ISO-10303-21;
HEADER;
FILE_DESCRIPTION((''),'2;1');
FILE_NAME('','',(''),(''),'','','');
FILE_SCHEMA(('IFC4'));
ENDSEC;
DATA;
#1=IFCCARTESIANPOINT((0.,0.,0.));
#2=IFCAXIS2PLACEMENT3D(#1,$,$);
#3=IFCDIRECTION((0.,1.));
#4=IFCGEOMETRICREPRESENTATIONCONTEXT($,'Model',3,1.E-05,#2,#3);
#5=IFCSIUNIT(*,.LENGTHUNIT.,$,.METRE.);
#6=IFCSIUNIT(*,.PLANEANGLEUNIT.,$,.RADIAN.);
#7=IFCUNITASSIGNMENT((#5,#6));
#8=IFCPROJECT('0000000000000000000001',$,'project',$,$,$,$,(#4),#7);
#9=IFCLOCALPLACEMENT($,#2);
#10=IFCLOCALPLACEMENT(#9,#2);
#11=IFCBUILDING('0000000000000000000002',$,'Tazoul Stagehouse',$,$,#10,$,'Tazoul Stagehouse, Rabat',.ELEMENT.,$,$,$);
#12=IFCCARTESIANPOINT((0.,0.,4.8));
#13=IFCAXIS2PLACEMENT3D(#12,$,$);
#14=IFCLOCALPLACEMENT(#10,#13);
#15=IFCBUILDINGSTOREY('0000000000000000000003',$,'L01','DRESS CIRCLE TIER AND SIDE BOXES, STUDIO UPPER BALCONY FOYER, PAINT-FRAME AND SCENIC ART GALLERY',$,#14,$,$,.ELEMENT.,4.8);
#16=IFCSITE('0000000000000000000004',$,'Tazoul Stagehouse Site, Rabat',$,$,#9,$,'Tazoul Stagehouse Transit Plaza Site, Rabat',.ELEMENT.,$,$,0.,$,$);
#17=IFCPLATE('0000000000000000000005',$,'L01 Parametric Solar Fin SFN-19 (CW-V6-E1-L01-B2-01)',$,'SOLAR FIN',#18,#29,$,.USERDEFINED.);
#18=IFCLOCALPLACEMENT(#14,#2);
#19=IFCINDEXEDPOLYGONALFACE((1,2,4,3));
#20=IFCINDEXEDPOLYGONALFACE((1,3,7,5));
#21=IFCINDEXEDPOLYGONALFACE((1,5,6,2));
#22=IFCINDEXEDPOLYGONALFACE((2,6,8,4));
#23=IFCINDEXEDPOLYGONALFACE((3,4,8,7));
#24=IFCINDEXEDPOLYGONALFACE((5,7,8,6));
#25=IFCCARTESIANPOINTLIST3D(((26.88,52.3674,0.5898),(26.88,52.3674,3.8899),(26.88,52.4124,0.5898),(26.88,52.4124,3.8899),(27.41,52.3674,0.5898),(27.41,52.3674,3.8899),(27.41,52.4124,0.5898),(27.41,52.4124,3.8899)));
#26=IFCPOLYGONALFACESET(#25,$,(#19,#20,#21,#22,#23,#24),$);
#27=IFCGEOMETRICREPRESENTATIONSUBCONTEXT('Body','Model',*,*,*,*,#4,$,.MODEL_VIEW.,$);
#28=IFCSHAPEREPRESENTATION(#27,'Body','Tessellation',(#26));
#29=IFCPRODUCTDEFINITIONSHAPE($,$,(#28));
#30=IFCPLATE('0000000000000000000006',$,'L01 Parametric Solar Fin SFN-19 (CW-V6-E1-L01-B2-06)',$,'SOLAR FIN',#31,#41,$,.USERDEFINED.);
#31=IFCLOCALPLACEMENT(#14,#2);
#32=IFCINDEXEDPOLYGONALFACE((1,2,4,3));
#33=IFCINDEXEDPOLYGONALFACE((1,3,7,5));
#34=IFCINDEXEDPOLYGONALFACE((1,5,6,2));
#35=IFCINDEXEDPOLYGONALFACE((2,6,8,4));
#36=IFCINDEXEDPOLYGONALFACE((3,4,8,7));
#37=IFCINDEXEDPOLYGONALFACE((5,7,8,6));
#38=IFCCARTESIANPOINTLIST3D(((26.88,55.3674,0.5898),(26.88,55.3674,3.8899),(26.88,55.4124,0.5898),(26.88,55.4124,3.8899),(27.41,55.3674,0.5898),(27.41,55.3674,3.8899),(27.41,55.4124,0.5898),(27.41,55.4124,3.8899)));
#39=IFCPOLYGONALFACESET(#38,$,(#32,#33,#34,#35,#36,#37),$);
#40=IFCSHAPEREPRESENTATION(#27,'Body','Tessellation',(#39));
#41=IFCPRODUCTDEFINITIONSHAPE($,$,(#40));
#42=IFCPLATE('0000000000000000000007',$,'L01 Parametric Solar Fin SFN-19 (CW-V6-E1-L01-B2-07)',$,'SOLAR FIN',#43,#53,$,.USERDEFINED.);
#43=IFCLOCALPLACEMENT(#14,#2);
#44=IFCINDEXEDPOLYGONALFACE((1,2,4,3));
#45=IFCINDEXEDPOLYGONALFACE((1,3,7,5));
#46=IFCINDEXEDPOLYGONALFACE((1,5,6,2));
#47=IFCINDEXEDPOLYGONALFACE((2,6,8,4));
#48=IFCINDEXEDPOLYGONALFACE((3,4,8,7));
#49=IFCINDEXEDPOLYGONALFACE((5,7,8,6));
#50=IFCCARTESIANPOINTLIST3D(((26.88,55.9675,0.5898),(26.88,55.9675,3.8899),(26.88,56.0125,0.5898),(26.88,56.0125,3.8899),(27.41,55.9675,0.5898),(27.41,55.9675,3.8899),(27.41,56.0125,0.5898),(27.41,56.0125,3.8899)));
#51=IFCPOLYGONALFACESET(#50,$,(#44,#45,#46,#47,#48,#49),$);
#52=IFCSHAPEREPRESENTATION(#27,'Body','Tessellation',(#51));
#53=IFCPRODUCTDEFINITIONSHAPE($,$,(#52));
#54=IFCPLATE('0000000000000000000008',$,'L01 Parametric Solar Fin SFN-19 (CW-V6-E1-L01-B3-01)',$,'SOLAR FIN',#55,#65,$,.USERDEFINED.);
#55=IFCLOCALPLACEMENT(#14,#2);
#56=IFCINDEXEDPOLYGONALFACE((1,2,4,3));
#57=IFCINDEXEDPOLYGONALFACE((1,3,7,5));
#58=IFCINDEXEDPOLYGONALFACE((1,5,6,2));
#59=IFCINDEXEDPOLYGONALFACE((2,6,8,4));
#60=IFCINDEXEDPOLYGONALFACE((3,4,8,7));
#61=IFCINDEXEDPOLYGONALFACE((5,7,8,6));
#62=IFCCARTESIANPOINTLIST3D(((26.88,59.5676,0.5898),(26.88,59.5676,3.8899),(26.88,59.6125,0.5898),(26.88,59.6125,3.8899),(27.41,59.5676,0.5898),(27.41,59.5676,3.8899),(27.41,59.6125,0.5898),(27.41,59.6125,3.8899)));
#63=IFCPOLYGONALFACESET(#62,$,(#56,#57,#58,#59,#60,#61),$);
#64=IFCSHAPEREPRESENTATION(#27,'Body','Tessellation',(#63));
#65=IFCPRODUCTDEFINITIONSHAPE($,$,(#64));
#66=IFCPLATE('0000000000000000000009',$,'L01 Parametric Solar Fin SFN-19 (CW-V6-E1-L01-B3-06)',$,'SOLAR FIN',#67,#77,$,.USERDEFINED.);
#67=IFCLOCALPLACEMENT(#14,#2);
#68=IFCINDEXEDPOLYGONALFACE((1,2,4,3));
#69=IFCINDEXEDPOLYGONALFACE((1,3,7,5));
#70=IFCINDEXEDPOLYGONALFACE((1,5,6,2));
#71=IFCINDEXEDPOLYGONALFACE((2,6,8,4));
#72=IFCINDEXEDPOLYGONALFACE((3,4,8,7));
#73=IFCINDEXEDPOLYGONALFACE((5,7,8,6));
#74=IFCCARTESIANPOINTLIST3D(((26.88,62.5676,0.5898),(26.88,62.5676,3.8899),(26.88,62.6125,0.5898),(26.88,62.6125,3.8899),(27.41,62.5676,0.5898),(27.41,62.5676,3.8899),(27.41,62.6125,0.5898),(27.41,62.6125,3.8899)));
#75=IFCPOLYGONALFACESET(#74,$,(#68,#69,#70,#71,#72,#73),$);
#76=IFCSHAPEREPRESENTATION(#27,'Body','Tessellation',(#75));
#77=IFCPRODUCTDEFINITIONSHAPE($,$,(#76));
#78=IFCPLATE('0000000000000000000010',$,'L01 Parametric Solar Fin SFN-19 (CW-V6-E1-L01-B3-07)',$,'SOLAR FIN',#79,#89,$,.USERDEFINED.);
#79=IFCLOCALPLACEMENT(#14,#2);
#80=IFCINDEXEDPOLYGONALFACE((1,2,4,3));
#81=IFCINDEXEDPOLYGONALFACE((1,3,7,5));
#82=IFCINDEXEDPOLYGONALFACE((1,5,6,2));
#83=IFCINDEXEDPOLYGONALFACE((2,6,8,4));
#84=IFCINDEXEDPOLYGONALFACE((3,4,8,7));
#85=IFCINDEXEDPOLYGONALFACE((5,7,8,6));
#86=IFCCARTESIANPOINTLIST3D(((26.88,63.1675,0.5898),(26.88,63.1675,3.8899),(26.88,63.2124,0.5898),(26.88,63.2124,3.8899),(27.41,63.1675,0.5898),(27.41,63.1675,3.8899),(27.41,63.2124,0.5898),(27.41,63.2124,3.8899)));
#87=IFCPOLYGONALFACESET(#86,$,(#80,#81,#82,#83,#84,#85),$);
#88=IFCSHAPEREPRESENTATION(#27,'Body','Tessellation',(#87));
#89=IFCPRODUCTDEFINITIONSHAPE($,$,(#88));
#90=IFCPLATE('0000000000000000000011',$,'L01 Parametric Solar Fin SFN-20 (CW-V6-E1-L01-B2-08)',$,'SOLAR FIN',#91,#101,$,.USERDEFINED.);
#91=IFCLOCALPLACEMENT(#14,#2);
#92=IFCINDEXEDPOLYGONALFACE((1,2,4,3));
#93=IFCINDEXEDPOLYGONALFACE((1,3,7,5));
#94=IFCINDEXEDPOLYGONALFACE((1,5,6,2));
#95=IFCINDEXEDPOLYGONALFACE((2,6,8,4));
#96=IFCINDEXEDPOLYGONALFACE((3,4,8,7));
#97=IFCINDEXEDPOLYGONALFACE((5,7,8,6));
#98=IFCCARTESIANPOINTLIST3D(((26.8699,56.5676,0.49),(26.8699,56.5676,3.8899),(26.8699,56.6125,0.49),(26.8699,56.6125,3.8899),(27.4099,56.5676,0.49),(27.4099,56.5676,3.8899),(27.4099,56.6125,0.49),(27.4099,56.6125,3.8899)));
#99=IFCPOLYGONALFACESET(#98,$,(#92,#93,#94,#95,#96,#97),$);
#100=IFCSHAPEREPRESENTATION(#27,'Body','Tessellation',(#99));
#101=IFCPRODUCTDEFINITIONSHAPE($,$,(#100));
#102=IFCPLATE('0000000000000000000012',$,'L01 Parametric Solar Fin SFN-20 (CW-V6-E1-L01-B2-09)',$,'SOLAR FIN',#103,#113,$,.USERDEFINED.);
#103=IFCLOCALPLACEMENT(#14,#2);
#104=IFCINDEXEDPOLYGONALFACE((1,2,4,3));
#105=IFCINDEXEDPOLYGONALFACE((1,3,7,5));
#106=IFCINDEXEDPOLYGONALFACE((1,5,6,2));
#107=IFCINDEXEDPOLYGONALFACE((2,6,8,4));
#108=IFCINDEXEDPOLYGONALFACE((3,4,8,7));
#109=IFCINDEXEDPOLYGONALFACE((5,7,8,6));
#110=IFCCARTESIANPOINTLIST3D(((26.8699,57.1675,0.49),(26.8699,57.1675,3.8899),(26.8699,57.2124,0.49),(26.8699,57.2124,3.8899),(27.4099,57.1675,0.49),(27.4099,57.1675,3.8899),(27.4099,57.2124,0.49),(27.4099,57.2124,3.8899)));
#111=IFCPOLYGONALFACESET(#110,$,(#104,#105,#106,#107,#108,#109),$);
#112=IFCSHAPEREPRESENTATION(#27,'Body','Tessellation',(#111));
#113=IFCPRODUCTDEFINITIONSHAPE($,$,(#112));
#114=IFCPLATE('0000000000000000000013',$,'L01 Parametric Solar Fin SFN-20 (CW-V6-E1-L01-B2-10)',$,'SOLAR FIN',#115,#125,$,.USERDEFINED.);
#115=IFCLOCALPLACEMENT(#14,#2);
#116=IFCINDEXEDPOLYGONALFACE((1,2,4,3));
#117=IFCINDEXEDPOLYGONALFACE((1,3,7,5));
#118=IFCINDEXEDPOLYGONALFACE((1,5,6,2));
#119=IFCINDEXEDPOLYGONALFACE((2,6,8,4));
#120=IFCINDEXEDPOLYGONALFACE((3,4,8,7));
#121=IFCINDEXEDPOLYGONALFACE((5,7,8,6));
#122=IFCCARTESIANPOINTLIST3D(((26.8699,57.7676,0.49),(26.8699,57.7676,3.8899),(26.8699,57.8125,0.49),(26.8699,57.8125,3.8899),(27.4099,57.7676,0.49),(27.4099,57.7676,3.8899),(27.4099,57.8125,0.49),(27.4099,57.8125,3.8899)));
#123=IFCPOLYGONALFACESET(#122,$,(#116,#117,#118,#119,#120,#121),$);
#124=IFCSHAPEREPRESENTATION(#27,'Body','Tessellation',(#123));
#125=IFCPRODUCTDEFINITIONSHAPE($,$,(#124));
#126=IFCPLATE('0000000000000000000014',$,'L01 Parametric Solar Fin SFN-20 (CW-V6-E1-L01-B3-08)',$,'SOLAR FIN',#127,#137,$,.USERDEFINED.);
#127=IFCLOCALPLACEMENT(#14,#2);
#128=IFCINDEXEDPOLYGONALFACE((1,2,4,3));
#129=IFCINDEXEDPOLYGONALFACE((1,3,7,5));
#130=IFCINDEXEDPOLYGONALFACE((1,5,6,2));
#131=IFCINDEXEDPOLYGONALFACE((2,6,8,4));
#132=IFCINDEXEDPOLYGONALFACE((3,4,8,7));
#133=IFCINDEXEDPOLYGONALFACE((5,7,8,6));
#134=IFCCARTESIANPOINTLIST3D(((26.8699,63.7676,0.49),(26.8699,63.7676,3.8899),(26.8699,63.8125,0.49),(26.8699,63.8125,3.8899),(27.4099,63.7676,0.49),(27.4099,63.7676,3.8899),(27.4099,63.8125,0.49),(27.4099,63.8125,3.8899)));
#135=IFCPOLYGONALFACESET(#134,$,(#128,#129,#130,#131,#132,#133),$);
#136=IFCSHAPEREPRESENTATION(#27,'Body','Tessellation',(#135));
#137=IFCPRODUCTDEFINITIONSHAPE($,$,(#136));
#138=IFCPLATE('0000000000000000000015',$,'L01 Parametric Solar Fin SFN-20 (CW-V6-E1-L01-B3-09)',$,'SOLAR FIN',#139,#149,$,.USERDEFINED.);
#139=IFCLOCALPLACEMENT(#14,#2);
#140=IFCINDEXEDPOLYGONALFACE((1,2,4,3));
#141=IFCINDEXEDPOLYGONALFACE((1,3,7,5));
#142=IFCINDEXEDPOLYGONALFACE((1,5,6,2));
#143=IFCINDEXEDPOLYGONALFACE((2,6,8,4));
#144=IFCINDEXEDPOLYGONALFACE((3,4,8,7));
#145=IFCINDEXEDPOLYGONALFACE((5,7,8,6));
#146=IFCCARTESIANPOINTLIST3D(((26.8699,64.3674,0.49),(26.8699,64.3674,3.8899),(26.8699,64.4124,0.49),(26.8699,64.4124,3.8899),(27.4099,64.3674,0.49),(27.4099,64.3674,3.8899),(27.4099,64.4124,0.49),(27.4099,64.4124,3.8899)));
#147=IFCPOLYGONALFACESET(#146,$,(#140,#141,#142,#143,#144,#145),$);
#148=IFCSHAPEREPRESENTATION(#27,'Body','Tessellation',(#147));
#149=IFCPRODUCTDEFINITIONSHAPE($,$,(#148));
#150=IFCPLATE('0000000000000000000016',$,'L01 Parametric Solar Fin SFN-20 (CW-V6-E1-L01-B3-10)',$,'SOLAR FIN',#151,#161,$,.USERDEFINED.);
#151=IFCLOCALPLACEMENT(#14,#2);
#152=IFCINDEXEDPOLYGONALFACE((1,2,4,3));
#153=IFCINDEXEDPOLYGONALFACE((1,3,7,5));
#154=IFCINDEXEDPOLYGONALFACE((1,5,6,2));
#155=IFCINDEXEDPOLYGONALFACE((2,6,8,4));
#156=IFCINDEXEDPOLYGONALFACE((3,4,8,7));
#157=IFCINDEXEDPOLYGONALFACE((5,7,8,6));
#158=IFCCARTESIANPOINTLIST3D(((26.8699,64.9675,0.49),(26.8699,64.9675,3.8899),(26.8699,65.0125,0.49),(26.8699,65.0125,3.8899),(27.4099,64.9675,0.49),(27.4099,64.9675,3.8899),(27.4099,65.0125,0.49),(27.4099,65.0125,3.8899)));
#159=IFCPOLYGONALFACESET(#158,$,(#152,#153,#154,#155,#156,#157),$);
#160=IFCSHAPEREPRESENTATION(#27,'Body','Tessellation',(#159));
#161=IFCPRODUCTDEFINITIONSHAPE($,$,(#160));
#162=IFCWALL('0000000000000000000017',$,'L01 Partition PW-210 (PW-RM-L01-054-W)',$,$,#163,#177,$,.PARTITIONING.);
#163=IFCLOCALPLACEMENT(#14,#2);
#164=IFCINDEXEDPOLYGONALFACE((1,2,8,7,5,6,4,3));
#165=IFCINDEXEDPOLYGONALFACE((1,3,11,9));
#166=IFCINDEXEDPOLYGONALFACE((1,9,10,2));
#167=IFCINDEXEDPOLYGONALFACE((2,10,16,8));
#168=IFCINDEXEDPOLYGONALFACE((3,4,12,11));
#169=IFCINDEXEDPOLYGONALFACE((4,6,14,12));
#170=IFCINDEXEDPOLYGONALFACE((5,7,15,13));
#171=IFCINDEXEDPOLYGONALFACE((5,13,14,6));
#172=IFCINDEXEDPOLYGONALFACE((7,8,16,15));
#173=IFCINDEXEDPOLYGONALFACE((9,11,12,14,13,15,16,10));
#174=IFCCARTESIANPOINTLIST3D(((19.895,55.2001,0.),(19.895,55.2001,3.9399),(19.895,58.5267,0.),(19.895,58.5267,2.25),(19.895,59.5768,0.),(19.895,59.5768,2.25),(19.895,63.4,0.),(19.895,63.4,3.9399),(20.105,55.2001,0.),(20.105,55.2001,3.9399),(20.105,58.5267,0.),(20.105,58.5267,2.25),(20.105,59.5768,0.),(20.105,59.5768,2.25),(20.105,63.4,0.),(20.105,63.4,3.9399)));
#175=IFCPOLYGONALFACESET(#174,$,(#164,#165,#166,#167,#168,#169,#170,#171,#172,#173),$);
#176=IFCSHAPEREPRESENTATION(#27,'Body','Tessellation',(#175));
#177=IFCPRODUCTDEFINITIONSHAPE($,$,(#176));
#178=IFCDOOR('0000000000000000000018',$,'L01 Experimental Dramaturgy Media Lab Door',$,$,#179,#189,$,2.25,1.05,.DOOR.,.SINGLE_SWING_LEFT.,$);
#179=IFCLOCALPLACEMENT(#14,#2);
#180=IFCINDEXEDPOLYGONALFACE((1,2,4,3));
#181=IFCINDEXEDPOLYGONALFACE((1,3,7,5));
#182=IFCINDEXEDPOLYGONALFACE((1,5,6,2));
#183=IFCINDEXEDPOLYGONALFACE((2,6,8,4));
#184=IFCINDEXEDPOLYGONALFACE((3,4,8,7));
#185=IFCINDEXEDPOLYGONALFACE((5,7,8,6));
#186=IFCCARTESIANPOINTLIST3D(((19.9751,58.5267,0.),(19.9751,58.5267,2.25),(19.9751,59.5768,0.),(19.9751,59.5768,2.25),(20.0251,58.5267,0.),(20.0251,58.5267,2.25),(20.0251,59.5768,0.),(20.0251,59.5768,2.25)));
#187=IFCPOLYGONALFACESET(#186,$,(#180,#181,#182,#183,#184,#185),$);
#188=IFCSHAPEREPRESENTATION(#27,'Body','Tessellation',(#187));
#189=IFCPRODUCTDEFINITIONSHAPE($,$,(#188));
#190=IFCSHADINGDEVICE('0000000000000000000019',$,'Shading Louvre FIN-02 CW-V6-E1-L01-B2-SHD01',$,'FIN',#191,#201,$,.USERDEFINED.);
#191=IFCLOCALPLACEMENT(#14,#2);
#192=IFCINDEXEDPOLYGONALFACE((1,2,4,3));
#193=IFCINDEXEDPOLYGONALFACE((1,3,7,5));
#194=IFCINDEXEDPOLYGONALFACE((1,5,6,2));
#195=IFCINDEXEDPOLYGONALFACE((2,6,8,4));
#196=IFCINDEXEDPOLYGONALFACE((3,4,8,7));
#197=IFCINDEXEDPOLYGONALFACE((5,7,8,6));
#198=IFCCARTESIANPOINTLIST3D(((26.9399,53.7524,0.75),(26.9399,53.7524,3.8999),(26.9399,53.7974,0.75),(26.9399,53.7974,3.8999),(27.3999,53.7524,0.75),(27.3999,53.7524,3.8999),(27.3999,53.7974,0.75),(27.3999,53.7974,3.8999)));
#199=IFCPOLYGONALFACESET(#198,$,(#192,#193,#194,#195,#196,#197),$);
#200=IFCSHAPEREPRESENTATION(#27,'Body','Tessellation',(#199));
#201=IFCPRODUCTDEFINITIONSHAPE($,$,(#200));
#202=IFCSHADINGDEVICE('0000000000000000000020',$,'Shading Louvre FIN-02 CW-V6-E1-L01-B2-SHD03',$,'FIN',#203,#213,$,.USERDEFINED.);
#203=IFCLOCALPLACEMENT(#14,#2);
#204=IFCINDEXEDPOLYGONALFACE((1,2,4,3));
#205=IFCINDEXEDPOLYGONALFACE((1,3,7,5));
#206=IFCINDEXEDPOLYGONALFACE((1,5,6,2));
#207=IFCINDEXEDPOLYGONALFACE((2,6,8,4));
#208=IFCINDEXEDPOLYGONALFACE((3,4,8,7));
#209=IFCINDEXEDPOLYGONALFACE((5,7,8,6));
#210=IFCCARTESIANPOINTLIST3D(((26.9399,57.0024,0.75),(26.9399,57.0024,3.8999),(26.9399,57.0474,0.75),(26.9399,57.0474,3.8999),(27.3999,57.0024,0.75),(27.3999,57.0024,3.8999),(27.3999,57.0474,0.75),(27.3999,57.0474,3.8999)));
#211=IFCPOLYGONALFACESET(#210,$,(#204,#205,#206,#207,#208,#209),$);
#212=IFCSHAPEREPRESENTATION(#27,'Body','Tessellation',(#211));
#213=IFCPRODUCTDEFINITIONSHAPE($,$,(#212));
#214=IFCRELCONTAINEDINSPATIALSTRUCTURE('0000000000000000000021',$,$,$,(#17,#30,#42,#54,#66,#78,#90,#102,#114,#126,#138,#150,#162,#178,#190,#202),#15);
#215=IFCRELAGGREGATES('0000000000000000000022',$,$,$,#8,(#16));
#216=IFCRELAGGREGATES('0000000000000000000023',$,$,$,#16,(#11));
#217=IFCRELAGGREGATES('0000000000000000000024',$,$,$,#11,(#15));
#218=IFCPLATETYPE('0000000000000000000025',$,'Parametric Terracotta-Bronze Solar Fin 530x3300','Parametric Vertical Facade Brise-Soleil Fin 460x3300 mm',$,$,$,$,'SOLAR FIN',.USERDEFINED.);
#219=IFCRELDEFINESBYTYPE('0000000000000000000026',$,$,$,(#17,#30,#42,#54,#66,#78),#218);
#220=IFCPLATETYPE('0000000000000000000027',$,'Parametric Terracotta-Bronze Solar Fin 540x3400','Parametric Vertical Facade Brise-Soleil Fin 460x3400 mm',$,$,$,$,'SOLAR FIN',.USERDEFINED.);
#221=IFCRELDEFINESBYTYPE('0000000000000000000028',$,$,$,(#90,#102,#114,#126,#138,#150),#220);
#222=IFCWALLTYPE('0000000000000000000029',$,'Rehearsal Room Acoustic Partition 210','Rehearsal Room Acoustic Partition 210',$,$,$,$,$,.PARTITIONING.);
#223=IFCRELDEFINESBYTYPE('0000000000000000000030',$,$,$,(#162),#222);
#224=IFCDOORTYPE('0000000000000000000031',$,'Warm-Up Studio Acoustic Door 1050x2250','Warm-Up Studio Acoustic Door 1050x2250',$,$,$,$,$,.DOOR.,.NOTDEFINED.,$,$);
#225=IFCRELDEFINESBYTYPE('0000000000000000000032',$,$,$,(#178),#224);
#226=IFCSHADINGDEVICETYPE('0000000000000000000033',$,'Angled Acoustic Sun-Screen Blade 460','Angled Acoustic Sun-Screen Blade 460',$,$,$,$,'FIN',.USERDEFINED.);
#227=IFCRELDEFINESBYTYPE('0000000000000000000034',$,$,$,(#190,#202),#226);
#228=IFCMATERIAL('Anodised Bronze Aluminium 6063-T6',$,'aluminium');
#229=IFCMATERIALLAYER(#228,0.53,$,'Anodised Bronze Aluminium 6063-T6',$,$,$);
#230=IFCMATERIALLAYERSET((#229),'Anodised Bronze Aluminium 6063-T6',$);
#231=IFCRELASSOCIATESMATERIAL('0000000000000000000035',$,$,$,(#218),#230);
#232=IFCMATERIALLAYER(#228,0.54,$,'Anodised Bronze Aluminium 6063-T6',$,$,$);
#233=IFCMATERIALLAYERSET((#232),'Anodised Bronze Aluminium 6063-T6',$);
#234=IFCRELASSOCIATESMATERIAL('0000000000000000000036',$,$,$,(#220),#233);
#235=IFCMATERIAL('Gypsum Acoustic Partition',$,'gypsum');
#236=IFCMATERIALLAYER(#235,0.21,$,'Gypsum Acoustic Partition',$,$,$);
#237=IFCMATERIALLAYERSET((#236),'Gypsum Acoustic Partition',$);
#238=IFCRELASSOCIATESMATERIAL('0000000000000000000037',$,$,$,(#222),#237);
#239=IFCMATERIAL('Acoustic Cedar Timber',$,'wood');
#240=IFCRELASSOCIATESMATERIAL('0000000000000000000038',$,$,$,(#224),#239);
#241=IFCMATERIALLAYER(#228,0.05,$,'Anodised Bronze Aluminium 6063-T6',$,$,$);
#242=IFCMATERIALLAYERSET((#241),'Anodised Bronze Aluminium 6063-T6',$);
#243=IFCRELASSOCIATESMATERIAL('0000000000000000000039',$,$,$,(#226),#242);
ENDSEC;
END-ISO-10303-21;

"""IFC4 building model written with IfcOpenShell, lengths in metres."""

from ifc_helpers import new_model, si_unit, direction, frame, frame_2d, origin, origin_2d, place, context, subcontext, project, spatial, rectangle, extrude, material, layer, layer_set, type_object, element, fill, save


model = new_model("IFC4")

# Units and contexts
model_context = context("Model", 3, precision=1e-05, world=origin(), true_north=direction((0.0, 1.0)))
body_context = subcontext(model_context, "Body", "Model", "MODEL_VIEW")
ifc_project = project(units=[si_unit("LENGTHUNIT", "METRE"), si_unit("PLANEANGLEUNIT", "RADIAN")], contexts=[model_context])

# Site, building, storey
site_placement = place(None, origin())
site = spatial("IfcSite", under=ifc_project, at=site_placement, Name="Tazoul Stagehouse Site, Rabat", LongName="Tazoul Stagehouse Transit Plaza Site, Rabat", CompositionType="ELEMENT", RefElevation=0.0)
building_placement = place(site_placement, origin())
building = spatial("IfcBuilding", under=site, at=building_placement, Name="Tazoul Stagehouse", LongName="Tazoul Stagehouse, Rabat", CompositionType="ELEMENT")
storey_placement = place(building_placement, frame((0.0, 0.0, 4.8)))
storey = spatial("IfcBuildingStorey", under=building, at=storey_placement, Name="L01", Description="DRESS CIRCLE TIER AND SIDE BOXES, STUDIO UPPER BALCONY FOYER, PAINT-FRAME AND SCENIC ART GALLERY", CompositionType="ELEMENT", Elevation=4.8)

# Plates
ifc_material_1 = material(Name="Anodised Bronze Aluminium 6063-T6", Category="aluminium")
ifc_layer_1 = layer(ifc_material_1, 0.53, Name="Anodised Bronze Aluminium 6063-T6")
ifc_layer_set_1 = layer_set([ifc_layer_1], Name="Anodised Bronze Aluminium 6063-T6")
plate_type_1 = type_object("IfcPlateType", Name="Parametric Terracotta-Bronze Solar Fin 530x3300", Description="Parametric Vertical Facade Brise-Soleil Fin 460x3300 mm", ElementType="SOLAR FIN", PredefinedType="USERDEFINED", material=ifc_layer_set_1)
for number, where, z_axis, x_axis, name in (
    (1, (27.145, 52.3899, 0.5898), (0.0, 0.0, 1.0), (0.0, 1.0, 0.0), "L01 Parametric Solar Fin SFN-19 (CW-V6-E1-L01-B2-01)"),
    (2, (27.145, 55.3899, 0.5898), (0.0, 0.0, 1.0), (0.0, 1.0, 0.0), "L01 Parametric Solar Fin SFN-19 (CW-V6-E1-L01-B2-06)"),
    (3, (27.145, 55.99, 0.5898), (0.0, 0.0, 1.0), (0.0, 1.0, 0.0), "L01 Parametric Solar Fin SFN-19 (CW-V6-E1-L01-B2-07)"),
    (4, (27.145, 59.5901, 0.5898), (0.0, 0.0, 1.0), (0.0, 1.0, 0.0), "L01 Parametric Solar Fin SFN-19 (CW-V6-E1-L01-B3-01)"),
    (5, (27.145, 62.5901, 0.5898), (0.0, 0.0, 1.0), (0.0, 1.0, 0.0), "L01 Parametric Solar Fin SFN-19 (CW-V6-E1-L01-B3-06)"),
    (6, (27.145, 63.1899, 0.5898), (0.0, 0.0, 1.0), (0.0, 1.0, 0.0), "L01 Parametric Solar Fin SFN-19 (CW-V6-E1-L01-B3-07)"),
):
    element("IfcPlate", number, at=place(storey_placement, frame(where, z_axis=z_axis, x_axis=x_axis)), inside=storey, type_object=plate_type_1, Name=name, ObjectType="SOLAR FIN", PredefinedType="USERDEFINED", context=body_context, shape_type="SweptSolid", body=[
        extrude(rectangle(XDim=0.0449, YDim=0.53, at=origin_2d()), origin(), (0.0, 0.0, 1.0), 3.3),
    ])
ifc_layer_2 = layer(ifc_material_1, 0.54, Name="Anodised Bronze Aluminium 6063-T6")
ifc_layer_set_2 = layer_set([ifc_layer_2], Name="Anodised Bronze Aluminium 6063-T6")
plate_type_2 = type_object("IfcPlateType", Name="Parametric Terracotta-Bronze Solar Fin 540x3400", Description="Parametric Vertical Facade Brise-Soleil Fin 460x3400 mm", ElementType="SOLAR FIN", PredefinedType="USERDEFINED", material=ifc_layer_set_2)
for number, where, z_axis, x_axis, name in (
    (7, (27.1399, 56.5901, 0.49), (0.0, 0.0, 1.0), (0.0, 1.0, 0.0), "L01 Parametric Solar Fin SFN-20 (CW-V6-E1-L01-B2-08)"),
    (8, (27.1399, 57.1899, 0.49), (0.0, 0.0, 1.0), (0.0, 1.0, 0.0), "L01 Parametric Solar Fin SFN-20 (CW-V6-E1-L01-B2-09)"),
    (9, (27.1399, 57.79, 0.49), (0.0, 0.0, 1.0), (0.0, 1.0, 0.0), "L01 Parametric Solar Fin SFN-20 (CW-V6-E1-L01-B2-10)"),
    (10, (27.1399, 63.79, 0.49), (0.0, 0.0, 1.0), (0.0, 1.0, 0.0), "L01 Parametric Solar Fin SFN-20 (CW-V6-E1-L01-B3-08)"),
    (11, (27.1399, 64.3899, 0.49), (0.0, 0.0, 1.0), (0.0, 1.0, 0.0), "L01 Parametric Solar Fin SFN-20 (CW-V6-E1-L01-B3-09)"),
    (12, (27.1399, 64.99, 0.49), (0.0, 0.0, 1.0), (0.0, 1.0, 0.0), "L01 Parametric Solar Fin SFN-20 (CW-V6-E1-L01-B3-10)"),
):
    element("IfcPlate", number, at=place(storey_placement, frame(where, z_axis=z_axis, x_axis=x_axis)), inside=storey, type_object=plate_type_2, Name=name, ObjectType="SOLAR FIN", PredefinedType="USERDEFINED", context=body_context, shape_type="SweptSolid", body=[
        extrude(rectangle(XDim=0.0449, YDim=0.54, at=origin_2d()), origin(), (0.0, 0.0, 1.0), 3.3999),
    ])

# Wall, opening, door
ifc_material_2 = material(Name="Gypsum Acoustic Partition", Category="gypsum")
ifc_layer_3 = layer(ifc_material_2, 0.21, Name="Gypsum Acoustic Partition")
ifc_layer_set_3 = layer_set([ifc_layer_3], Name="Gypsum Acoustic Partition")
wall_type = type_object("IfcWallType", Name="Rehearsal Room Acoustic Partition 210", Description="Rehearsal Room Acoustic Partition 210", PredefinedType="PARTITIONING", material=ifc_layer_set_3)
wall_placement = place(storey_placement, frame((20.0, 55.2, 0.0), z_axis=(0.0, 0.0, 1.0), x_axis=(0.0, 1.0, 0.0)))
wall = element("IfcWall", 13, at=wall_placement, inside=storey, type_object=wall_type, Name="L01 Partition PW-210 (PW-RM-L01-054-W)", PredefinedType="PARTITIONING", context=body_context, shape_type="SweptSolid", body=[
    extrude(rectangle(XDim=8.2, YDim=0.21, at=frame_2d((4.1001, 0.0))), origin(), (0.0, 0.0, 1.0), 3.9399),
])
opening_placement = place(wall_placement, frame((3.3269, 0.0, 0.0)))
opening = element("IfcOpeningElement", 14, at=opening_placement, cuts=wall, PredefinedType="OPENING", context=body_context, shape_type="SweptSolid", body=[
    extrude(rectangle(XDim=1.05, YDim=2.25, at=frame_2d((0.5249, 1.125))), frame((0.0, 0.125, 0.0), z_axis=(0.0, -1.0, 0.0), x_axis=(1.0, 0.0, 0.0)), (0.0, 0.0, 1.0), 0.25),
])
ifc_material_3 = material(Name="Acoustic Cedar Timber", Category="wood")
door_type = type_object("IfcDoorType", Name="Warm-Up Studio Acoustic Door 1050x2250", Description="Warm-Up Studio Acoustic Door 1050x2250", OperationType="NOTDEFINED", PredefinedType="DOOR", material=ifc_material_3)
door_placement = place(opening_placement, origin())
door = element("IfcDoor", 15, at=door_placement, inside=storey, type_object=door_type, Name="L01 Experimental Dramaturgy Media Lab Door", OperationType="SINGLE_SWING_LEFT", OverallHeight=2.25, OverallWidth=1.05, PredefinedType="DOOR", context=body_context, shape_type="SweptSolid", body=[
    extrude(rectangle(XDim=1.05, YDim=2.25, at=frame_2d((0.5249, 1.125))), frame((0.0, 0.0249, 0.0), z_axis=(0.0, -1.0, 0.0), x_axis=(1.0, 0.0, 0.0)), (0.0, 0.0, 1.0), 0.05),
])
fill(opening, door)

# Shading devices
ifc_layer_4 = layer(ifc_material_1, 0.05, Name="Anodised Bronze Aluminium 6063-T6")
ifc_layer_set_4 = layer_set([ifc_layer_4], Name="Anodised Bronze Aluminium 6063-T6")
shading_device_type_1 = type_object("IfcShadingDeviceType", Name="Angled Acoustic Sun-Screen Blade 460", Description="Angled Acoustic Sun-Screen Blade 460", ElementType="FIN", PredefinedType="USERDEFINED", material=ifc_layer_set_4)
for number, where, z_axis, x_axis, name in (
    (16, (27.1699, 53.7749, 0.75), (0.0, 0.0, 1.0), (0.0, 1.0, 0.0), "Shading Louvre FIN-02 CW-V6-E1-L01-B2-SHD01"),
    (17, (27.1699, 57.0249, 0.75), (0.0, 0.0, 1.0), (0.0, 1.0, 0.0), "Shading Louvre FIN-02 CW-V6-E1-L01-B2-SHD03"),
):
    element("IfcShadingDevice", number, at=place(storey_placement, frame(where, z_axis=z_axis, x_axis=x_axis)), inside=storey, type_object=shading_device_type_1, Name=name, ObjectType="FIN", PredefinedType="USERDEFINED", context=body_context, shape_type="SweptSolid", body=[
        extrude(rectangle(XDim=0.0449, YDim=0.46, at=origin_2d()), origin(), (0.0, 0.0, 1.0), 3.1499),
    ])

save(model, "model.ifc")
